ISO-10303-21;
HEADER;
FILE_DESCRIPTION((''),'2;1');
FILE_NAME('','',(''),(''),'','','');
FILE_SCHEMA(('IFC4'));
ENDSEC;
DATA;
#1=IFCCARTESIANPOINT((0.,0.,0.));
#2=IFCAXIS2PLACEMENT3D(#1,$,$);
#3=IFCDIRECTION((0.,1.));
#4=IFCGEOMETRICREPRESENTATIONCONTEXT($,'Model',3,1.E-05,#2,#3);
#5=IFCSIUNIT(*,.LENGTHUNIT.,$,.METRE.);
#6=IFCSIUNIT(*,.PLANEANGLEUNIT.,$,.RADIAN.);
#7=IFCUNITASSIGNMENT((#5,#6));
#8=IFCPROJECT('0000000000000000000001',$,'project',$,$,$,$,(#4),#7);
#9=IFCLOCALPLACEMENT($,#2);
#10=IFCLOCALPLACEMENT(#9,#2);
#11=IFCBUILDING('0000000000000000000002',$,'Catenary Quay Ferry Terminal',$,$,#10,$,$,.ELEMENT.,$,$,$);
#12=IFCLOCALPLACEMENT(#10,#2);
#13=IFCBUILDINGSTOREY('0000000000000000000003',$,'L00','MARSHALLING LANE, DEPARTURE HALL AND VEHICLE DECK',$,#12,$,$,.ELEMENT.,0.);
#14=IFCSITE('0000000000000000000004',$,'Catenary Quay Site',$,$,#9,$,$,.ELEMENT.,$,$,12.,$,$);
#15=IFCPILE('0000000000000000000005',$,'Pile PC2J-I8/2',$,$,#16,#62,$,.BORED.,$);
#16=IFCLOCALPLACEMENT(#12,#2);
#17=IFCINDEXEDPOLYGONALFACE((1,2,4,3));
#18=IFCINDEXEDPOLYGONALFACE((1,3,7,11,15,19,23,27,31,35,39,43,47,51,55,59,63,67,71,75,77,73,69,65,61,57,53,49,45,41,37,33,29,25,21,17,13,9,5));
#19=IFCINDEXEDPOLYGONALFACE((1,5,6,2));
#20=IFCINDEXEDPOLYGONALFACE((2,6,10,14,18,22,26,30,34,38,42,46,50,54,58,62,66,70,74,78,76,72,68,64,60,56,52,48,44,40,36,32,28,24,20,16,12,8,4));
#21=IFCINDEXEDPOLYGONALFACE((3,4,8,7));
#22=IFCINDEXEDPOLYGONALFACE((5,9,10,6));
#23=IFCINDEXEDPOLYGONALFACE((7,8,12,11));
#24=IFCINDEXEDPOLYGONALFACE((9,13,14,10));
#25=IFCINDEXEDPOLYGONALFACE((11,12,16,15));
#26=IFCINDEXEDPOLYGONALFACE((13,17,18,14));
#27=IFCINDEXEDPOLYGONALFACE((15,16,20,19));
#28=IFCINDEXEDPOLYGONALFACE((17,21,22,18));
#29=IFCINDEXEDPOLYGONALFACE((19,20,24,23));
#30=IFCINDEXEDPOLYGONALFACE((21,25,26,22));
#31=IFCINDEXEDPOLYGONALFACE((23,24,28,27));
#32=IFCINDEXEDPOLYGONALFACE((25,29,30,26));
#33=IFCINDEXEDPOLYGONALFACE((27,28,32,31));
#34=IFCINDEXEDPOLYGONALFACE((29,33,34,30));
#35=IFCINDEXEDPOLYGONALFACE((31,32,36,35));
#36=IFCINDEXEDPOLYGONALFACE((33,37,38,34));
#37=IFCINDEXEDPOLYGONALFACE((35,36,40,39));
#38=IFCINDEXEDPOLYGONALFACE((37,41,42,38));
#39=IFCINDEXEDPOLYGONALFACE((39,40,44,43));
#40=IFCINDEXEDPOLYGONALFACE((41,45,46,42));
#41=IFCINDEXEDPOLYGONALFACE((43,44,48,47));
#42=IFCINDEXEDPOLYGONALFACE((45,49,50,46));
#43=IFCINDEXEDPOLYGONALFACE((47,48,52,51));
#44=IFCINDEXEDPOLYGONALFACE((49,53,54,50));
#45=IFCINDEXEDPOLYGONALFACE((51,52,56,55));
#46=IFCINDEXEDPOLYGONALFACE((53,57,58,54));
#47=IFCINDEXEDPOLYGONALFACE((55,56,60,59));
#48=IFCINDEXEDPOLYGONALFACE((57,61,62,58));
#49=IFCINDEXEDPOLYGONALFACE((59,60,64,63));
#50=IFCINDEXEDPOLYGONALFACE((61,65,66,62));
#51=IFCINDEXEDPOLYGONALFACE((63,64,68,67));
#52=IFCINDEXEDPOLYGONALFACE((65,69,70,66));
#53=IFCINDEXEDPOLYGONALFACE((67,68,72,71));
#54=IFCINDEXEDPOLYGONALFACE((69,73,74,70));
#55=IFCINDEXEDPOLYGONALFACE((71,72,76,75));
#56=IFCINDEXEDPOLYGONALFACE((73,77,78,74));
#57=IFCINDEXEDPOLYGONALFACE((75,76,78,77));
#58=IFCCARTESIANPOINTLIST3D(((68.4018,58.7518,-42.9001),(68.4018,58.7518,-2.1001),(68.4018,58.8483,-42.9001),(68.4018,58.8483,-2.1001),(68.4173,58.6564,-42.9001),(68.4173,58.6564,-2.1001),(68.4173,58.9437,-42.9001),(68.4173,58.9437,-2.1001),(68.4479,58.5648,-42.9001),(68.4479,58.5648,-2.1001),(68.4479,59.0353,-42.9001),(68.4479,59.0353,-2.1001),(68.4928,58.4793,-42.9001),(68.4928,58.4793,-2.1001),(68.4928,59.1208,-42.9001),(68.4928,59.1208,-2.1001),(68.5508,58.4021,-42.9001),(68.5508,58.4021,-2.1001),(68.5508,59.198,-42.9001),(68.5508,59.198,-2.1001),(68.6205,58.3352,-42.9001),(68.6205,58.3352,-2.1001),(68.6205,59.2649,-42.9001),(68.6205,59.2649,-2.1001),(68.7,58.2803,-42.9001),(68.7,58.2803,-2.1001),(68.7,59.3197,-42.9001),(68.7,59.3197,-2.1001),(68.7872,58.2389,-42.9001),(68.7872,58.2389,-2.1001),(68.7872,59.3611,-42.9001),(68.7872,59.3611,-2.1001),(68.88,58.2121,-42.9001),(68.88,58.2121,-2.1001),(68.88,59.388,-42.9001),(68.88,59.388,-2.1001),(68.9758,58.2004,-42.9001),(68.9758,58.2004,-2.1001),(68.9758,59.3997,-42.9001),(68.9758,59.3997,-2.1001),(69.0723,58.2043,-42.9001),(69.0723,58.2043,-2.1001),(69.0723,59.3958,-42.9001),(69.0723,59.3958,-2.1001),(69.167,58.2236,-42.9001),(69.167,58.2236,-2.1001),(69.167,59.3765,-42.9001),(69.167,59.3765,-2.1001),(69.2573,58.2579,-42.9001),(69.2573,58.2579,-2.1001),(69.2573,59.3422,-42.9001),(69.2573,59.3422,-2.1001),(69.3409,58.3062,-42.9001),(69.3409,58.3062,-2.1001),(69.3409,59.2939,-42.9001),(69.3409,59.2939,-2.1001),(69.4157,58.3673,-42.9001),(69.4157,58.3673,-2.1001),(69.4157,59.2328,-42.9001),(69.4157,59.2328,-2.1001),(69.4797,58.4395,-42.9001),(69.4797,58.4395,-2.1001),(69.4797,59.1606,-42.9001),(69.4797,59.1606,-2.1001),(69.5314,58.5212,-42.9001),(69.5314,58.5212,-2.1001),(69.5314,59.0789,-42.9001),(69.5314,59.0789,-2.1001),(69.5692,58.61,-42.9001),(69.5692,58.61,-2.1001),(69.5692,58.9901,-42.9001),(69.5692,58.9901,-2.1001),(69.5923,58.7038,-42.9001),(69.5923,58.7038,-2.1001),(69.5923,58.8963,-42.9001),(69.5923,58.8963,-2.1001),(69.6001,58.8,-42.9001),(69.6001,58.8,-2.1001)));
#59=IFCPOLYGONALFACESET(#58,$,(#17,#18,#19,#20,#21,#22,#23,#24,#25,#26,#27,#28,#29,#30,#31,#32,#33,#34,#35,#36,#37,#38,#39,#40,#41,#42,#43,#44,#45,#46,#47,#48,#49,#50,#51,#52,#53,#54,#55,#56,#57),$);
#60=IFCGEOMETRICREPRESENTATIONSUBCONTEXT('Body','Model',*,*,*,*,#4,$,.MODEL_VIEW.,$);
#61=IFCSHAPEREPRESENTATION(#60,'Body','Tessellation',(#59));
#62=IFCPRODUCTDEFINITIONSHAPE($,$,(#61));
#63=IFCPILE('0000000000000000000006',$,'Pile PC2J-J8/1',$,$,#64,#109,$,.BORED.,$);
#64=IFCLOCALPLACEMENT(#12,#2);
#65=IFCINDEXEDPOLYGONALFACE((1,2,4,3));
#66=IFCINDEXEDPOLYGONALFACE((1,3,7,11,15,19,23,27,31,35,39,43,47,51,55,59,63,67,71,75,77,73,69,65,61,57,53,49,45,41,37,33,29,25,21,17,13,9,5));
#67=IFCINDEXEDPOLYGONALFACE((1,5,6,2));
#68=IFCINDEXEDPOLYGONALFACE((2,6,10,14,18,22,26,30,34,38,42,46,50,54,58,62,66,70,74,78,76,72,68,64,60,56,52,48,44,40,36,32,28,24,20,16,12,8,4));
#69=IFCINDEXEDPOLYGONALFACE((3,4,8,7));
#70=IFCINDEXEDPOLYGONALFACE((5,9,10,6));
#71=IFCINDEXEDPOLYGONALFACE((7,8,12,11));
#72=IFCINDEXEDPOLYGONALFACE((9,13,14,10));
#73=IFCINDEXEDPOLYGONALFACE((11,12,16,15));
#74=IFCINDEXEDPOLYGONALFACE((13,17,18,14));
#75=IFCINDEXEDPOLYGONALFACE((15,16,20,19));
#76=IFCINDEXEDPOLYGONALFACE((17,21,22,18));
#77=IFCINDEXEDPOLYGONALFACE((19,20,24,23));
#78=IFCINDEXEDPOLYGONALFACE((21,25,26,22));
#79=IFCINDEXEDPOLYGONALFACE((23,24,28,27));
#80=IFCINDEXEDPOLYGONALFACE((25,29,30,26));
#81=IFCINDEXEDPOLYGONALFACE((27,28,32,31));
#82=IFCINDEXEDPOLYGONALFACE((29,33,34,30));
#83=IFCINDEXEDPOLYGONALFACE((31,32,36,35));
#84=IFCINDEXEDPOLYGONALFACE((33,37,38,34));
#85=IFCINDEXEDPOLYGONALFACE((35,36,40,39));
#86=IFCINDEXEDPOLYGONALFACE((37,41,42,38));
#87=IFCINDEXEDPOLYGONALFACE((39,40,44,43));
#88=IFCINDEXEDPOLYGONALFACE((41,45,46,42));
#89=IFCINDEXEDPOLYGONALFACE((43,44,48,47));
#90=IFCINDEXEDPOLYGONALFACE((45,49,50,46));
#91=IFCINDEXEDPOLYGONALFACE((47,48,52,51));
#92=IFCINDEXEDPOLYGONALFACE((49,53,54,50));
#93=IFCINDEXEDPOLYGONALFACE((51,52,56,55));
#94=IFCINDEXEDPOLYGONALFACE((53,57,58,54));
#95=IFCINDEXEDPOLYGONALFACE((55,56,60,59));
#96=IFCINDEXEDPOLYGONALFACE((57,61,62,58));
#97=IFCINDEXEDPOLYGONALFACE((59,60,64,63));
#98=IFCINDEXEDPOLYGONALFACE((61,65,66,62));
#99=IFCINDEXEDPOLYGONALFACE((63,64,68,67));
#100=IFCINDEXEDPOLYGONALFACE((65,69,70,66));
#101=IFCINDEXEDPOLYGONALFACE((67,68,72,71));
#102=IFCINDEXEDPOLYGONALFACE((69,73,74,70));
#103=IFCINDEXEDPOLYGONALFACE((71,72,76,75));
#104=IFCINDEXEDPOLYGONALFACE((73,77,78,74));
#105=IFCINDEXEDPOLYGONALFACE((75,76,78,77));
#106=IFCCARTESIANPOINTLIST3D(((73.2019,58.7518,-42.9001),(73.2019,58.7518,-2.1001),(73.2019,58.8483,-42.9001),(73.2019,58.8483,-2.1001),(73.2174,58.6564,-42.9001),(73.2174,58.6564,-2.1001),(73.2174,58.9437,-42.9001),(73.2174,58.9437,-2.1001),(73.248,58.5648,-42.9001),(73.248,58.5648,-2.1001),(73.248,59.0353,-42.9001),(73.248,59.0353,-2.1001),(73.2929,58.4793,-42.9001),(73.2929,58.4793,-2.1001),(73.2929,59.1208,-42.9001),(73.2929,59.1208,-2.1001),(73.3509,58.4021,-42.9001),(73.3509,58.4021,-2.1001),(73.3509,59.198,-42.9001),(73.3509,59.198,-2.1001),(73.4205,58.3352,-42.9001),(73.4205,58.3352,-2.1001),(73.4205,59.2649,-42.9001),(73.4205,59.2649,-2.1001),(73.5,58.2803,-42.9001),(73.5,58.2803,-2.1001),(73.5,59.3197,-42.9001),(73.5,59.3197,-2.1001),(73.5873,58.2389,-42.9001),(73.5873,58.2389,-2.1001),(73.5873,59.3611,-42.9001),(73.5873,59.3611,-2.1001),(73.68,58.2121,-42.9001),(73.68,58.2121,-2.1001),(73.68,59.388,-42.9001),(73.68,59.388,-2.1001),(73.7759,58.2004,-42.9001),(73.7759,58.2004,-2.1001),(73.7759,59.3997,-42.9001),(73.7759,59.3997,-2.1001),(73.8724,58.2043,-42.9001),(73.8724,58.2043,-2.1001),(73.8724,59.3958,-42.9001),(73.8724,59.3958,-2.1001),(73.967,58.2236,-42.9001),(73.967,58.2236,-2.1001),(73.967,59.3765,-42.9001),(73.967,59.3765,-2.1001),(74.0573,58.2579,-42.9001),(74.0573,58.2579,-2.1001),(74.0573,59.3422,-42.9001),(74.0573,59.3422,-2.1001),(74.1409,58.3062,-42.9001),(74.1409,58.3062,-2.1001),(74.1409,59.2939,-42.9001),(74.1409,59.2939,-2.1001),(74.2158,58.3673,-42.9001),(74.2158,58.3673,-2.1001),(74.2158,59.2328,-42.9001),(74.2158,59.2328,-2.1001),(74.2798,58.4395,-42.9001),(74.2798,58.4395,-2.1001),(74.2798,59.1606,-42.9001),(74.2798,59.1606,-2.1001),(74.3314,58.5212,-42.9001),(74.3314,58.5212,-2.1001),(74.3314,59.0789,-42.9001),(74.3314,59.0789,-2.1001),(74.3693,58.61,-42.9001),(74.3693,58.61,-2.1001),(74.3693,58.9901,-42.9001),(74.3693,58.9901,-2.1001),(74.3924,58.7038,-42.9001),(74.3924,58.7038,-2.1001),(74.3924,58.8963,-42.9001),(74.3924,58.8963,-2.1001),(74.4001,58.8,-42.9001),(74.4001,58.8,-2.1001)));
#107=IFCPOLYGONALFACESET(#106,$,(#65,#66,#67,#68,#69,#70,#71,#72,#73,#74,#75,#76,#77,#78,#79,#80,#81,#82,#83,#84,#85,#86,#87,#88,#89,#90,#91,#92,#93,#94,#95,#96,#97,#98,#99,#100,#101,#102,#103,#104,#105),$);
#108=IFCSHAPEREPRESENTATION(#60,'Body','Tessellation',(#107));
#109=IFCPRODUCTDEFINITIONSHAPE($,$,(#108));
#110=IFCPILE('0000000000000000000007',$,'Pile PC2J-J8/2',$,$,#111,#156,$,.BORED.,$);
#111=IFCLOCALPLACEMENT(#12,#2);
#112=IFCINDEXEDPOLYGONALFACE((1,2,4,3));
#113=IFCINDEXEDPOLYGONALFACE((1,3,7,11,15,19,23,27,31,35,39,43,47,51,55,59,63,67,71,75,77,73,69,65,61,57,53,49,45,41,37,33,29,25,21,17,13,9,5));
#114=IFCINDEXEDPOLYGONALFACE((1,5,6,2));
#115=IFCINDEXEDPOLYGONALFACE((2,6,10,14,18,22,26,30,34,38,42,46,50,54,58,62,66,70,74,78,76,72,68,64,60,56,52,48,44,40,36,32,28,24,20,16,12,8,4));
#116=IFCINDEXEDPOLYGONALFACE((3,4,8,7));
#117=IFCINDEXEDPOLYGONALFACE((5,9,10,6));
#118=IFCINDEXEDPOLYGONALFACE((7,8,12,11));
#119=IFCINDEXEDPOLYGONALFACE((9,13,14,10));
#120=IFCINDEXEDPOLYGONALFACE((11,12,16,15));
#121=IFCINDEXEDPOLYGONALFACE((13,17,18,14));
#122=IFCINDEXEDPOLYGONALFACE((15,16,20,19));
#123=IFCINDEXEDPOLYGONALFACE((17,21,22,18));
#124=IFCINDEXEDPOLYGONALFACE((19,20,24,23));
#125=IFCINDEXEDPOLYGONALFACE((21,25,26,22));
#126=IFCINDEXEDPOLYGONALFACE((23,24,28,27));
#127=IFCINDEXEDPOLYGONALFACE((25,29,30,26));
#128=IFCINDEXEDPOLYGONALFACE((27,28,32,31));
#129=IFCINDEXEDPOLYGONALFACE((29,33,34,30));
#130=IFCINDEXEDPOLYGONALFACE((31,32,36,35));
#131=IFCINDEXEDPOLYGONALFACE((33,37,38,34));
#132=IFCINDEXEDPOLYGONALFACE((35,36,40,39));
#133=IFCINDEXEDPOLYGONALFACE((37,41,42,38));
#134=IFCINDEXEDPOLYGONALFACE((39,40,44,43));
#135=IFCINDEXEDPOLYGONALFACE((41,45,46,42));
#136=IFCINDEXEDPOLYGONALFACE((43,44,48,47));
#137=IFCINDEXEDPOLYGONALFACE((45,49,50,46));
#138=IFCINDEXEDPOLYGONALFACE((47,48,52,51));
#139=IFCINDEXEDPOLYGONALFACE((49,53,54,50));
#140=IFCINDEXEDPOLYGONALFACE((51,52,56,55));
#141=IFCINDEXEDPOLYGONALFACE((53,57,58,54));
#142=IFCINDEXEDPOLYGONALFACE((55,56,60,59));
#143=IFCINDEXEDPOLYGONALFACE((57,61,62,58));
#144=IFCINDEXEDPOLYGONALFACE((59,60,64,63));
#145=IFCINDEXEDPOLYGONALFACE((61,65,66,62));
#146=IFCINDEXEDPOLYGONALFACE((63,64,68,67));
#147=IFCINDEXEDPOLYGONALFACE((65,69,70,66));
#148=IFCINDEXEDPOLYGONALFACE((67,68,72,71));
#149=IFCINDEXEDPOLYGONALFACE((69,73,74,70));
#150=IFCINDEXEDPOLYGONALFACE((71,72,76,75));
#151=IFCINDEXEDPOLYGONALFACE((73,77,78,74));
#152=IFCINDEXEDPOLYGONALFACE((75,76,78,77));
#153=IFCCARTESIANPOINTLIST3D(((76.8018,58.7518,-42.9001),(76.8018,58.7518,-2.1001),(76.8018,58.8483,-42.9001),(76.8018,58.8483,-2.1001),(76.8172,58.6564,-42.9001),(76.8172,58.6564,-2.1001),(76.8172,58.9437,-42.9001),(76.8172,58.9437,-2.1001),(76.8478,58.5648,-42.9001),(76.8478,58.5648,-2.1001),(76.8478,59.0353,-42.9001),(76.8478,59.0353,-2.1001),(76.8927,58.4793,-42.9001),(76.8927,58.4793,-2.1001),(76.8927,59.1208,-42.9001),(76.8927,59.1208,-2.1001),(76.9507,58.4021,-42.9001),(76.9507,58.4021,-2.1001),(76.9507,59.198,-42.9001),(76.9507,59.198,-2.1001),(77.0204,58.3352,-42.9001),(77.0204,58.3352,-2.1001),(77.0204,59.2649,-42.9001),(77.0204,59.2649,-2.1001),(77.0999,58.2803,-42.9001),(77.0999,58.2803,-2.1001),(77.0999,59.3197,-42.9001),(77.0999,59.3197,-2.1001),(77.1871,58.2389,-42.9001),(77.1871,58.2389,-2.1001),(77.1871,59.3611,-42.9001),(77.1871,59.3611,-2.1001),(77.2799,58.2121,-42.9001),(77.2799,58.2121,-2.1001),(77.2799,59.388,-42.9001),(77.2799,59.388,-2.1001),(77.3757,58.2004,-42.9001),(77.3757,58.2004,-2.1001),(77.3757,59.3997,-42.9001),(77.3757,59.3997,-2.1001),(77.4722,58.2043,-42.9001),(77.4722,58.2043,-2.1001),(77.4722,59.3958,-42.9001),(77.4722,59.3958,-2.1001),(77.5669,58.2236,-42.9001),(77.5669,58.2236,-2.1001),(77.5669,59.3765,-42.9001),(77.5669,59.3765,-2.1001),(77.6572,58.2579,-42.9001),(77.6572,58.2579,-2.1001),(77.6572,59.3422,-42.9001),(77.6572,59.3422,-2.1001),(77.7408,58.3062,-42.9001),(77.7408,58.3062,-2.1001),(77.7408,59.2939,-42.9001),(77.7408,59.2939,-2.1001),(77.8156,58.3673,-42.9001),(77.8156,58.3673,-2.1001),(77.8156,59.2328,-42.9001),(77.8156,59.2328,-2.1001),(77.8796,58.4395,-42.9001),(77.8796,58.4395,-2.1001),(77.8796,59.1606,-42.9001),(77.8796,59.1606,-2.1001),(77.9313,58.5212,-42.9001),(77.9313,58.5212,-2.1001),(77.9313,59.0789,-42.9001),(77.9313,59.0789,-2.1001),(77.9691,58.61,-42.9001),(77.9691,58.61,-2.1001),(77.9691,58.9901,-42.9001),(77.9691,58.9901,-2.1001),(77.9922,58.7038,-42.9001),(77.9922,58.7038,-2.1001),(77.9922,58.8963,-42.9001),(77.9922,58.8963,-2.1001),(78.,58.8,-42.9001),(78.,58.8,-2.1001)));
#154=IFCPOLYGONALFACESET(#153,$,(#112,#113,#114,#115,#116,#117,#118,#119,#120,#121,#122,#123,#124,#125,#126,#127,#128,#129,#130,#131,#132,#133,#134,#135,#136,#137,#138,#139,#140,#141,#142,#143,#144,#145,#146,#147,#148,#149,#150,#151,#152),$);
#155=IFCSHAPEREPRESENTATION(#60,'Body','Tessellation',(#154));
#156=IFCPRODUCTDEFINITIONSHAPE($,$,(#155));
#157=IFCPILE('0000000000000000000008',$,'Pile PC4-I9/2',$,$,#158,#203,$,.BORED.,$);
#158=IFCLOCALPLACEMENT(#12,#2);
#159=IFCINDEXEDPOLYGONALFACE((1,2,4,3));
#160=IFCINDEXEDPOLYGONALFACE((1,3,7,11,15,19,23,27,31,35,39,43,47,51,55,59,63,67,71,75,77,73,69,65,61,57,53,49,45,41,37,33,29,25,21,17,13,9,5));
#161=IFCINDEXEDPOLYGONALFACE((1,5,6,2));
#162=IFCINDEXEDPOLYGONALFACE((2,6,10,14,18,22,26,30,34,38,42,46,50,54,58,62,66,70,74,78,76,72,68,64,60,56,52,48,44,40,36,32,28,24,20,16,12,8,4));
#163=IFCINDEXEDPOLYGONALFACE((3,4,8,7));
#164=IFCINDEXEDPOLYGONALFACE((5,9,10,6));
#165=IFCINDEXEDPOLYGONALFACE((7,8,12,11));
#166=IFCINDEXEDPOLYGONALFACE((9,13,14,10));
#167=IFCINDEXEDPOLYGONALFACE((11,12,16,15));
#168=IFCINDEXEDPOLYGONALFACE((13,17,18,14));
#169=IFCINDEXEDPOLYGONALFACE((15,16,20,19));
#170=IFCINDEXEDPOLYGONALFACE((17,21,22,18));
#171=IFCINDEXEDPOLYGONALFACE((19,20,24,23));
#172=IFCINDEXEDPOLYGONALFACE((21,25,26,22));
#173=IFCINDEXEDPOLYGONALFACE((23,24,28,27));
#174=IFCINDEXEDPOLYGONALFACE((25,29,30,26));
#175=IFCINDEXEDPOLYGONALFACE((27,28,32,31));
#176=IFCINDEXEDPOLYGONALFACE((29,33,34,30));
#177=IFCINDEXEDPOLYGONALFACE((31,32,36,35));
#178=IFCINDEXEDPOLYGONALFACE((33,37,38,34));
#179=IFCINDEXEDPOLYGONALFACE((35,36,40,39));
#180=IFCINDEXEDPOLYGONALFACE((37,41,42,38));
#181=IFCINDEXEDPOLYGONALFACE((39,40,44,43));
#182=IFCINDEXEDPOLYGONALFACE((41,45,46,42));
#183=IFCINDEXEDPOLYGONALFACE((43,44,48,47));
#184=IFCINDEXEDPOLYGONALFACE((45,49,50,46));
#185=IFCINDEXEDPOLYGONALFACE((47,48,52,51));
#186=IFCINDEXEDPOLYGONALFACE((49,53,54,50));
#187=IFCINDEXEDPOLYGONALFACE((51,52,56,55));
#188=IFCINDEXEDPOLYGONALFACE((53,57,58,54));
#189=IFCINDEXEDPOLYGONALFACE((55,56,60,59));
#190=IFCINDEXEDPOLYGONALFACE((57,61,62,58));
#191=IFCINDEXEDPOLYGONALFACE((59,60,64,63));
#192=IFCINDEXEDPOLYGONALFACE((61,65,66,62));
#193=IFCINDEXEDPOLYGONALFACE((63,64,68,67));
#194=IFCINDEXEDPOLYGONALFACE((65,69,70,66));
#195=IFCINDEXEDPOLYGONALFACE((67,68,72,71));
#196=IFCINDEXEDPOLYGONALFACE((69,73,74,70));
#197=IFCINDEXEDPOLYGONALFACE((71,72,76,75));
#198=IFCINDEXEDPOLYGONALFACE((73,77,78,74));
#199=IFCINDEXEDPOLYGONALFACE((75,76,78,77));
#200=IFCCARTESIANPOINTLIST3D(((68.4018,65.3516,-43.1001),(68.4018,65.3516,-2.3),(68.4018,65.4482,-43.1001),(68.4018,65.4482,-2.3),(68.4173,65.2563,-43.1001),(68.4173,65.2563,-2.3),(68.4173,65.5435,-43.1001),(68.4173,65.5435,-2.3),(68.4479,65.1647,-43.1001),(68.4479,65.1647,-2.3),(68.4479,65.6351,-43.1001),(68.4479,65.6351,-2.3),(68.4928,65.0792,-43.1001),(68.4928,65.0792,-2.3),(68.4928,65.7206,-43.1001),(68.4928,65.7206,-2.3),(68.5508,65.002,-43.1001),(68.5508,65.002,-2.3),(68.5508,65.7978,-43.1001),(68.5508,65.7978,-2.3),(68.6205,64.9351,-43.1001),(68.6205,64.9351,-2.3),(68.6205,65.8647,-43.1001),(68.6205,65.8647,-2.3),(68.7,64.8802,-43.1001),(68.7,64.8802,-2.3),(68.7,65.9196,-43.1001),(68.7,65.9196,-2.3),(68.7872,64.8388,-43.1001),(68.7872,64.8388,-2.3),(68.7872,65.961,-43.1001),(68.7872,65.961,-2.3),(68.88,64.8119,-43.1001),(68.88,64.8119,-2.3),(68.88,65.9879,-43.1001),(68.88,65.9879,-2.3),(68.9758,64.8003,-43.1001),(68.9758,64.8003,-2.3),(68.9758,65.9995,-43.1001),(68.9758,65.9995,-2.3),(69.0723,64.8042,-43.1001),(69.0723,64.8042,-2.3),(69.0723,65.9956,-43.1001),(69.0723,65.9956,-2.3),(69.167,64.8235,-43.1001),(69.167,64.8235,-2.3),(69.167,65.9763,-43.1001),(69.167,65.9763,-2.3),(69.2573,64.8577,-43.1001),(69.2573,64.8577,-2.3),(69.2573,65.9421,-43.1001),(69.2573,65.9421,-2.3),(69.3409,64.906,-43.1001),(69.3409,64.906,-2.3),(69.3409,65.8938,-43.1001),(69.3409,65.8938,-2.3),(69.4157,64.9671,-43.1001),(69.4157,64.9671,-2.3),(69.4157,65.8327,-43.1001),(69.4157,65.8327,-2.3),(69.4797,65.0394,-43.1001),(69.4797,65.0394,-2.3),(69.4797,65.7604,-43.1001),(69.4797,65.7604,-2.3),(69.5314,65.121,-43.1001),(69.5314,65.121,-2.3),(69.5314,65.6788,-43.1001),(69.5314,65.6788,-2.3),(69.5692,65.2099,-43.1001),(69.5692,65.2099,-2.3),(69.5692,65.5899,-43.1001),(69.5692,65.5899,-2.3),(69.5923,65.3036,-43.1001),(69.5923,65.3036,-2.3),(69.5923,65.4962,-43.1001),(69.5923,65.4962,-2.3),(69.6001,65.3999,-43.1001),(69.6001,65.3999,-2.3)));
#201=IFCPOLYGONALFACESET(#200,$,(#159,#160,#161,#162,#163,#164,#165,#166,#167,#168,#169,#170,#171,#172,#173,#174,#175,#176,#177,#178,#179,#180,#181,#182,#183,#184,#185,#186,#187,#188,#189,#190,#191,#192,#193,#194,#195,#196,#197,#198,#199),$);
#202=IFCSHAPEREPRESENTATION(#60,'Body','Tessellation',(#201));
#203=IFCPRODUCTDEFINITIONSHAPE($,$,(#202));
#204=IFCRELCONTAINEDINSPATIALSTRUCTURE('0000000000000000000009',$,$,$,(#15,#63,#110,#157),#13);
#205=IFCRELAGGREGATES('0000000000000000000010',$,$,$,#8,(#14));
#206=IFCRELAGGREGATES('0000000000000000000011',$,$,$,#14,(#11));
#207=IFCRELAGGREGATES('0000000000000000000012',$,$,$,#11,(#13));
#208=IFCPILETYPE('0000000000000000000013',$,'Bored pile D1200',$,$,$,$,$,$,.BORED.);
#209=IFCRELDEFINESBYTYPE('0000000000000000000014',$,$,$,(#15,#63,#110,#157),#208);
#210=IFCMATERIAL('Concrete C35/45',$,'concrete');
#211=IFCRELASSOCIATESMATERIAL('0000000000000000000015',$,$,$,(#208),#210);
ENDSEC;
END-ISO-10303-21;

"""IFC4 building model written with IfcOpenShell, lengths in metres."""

from ifc_helpers import new_model, si_unit, direction, frame, origin, origin_2d, place, context, subcontext, project, spatial, circle, extrude, material, material_profile, profile_set, type_object, element, save


model = new_model("IFC4")

# Units and contexts
model_context = context("Model", 3, precision=1e-05, world=origin(), true_north=direction((0.0, 1.0)))
body_context = subcontext(model_context, "Body", "Model", "MODEL_VIEW")
ifc_project = project(units=[si_unit("LENGTHUNIT", "METRE"), si_unit("PLANEANGLEUNIT", "RADIAN")], contexts=[model_context])

# Site, building, storey
site_placement = place(None, origin())
site = spatial("IfcSite", under=ifc_project, at=site_placement, Name="Catenary Quay Site", CompositionType="ELEMENT", RefElevation=12.0)
building_placement = place(site_placement, origin())
building = spatial("IfcBuilding", under=site, at=building_placement, Name="Catenary Quay Ferry Terminal", CompositionType="ELEMENT")
storey_placement = place(building_placement, origin())
storey = spatial("IfcBuildingStorey", under=building, at=storey_placement, Name="L00", Description="MARSHALLING LANE, DEPARTURE HALL AND VEHICLE DECK", CompositionType="ELEMENT", Elevation=0.0)

# Piles
ifc_material_1 = material(Name="Concrete C35/45", Category="concrete")
ifc_material_profile_1 = material_profile(ifc_material_1, circle(Radius=0.6001, at=origin_2d()), Name="D1200")
ifc_profile_set_1 = profile_set([ifc_material_profile_1], Name="Concrete C35/45")
pile_type = type_object("IfcPileType", Name="Bored pile D1200", PredefinedType="BORED", material=ifc_profile_set_1)
for number, where, z_axis, x_axis, name in (
    (1, (69.0, 58.8, -2.1001), (0.0, 0.0, -1.0), (1.0, 0.0, 0.0), "Pile PC2J-I8/2"),
    (2, (73.8, 58.8, -2.1001), (0.0, 0.0, -1.0), (1.0, 0.0, 0.0), "Pile PC2J-J8/1"),
    (3, (77.3999, 58.8, -2.1001), (0.0, 0.0, -1.0), (1.0, 0.0, 0.0), "Pile PC2J-J8/2"),
    (4, (69.0, 65.3999, -2.3), (0.0, 0.0, -1.0), (1.0, 0.0, 0.0), "Pile PC4-I9/2"),
):
    element("IfcPile", number, at=place(storey_placement, frame(where, z_axis=z_axis, x_axis=x_axis)), inside=storey, type_object=pile_type, Name=name, PredefinedType="BORED", context=body_context, shape_type="SweptSolid", body=[
        extrude(circle(Radius=0.6001, at=origin_2d()), origin(), (0.0, 0.0, 1.0), 40.8),
    ])

save(model, "model.ifc")
